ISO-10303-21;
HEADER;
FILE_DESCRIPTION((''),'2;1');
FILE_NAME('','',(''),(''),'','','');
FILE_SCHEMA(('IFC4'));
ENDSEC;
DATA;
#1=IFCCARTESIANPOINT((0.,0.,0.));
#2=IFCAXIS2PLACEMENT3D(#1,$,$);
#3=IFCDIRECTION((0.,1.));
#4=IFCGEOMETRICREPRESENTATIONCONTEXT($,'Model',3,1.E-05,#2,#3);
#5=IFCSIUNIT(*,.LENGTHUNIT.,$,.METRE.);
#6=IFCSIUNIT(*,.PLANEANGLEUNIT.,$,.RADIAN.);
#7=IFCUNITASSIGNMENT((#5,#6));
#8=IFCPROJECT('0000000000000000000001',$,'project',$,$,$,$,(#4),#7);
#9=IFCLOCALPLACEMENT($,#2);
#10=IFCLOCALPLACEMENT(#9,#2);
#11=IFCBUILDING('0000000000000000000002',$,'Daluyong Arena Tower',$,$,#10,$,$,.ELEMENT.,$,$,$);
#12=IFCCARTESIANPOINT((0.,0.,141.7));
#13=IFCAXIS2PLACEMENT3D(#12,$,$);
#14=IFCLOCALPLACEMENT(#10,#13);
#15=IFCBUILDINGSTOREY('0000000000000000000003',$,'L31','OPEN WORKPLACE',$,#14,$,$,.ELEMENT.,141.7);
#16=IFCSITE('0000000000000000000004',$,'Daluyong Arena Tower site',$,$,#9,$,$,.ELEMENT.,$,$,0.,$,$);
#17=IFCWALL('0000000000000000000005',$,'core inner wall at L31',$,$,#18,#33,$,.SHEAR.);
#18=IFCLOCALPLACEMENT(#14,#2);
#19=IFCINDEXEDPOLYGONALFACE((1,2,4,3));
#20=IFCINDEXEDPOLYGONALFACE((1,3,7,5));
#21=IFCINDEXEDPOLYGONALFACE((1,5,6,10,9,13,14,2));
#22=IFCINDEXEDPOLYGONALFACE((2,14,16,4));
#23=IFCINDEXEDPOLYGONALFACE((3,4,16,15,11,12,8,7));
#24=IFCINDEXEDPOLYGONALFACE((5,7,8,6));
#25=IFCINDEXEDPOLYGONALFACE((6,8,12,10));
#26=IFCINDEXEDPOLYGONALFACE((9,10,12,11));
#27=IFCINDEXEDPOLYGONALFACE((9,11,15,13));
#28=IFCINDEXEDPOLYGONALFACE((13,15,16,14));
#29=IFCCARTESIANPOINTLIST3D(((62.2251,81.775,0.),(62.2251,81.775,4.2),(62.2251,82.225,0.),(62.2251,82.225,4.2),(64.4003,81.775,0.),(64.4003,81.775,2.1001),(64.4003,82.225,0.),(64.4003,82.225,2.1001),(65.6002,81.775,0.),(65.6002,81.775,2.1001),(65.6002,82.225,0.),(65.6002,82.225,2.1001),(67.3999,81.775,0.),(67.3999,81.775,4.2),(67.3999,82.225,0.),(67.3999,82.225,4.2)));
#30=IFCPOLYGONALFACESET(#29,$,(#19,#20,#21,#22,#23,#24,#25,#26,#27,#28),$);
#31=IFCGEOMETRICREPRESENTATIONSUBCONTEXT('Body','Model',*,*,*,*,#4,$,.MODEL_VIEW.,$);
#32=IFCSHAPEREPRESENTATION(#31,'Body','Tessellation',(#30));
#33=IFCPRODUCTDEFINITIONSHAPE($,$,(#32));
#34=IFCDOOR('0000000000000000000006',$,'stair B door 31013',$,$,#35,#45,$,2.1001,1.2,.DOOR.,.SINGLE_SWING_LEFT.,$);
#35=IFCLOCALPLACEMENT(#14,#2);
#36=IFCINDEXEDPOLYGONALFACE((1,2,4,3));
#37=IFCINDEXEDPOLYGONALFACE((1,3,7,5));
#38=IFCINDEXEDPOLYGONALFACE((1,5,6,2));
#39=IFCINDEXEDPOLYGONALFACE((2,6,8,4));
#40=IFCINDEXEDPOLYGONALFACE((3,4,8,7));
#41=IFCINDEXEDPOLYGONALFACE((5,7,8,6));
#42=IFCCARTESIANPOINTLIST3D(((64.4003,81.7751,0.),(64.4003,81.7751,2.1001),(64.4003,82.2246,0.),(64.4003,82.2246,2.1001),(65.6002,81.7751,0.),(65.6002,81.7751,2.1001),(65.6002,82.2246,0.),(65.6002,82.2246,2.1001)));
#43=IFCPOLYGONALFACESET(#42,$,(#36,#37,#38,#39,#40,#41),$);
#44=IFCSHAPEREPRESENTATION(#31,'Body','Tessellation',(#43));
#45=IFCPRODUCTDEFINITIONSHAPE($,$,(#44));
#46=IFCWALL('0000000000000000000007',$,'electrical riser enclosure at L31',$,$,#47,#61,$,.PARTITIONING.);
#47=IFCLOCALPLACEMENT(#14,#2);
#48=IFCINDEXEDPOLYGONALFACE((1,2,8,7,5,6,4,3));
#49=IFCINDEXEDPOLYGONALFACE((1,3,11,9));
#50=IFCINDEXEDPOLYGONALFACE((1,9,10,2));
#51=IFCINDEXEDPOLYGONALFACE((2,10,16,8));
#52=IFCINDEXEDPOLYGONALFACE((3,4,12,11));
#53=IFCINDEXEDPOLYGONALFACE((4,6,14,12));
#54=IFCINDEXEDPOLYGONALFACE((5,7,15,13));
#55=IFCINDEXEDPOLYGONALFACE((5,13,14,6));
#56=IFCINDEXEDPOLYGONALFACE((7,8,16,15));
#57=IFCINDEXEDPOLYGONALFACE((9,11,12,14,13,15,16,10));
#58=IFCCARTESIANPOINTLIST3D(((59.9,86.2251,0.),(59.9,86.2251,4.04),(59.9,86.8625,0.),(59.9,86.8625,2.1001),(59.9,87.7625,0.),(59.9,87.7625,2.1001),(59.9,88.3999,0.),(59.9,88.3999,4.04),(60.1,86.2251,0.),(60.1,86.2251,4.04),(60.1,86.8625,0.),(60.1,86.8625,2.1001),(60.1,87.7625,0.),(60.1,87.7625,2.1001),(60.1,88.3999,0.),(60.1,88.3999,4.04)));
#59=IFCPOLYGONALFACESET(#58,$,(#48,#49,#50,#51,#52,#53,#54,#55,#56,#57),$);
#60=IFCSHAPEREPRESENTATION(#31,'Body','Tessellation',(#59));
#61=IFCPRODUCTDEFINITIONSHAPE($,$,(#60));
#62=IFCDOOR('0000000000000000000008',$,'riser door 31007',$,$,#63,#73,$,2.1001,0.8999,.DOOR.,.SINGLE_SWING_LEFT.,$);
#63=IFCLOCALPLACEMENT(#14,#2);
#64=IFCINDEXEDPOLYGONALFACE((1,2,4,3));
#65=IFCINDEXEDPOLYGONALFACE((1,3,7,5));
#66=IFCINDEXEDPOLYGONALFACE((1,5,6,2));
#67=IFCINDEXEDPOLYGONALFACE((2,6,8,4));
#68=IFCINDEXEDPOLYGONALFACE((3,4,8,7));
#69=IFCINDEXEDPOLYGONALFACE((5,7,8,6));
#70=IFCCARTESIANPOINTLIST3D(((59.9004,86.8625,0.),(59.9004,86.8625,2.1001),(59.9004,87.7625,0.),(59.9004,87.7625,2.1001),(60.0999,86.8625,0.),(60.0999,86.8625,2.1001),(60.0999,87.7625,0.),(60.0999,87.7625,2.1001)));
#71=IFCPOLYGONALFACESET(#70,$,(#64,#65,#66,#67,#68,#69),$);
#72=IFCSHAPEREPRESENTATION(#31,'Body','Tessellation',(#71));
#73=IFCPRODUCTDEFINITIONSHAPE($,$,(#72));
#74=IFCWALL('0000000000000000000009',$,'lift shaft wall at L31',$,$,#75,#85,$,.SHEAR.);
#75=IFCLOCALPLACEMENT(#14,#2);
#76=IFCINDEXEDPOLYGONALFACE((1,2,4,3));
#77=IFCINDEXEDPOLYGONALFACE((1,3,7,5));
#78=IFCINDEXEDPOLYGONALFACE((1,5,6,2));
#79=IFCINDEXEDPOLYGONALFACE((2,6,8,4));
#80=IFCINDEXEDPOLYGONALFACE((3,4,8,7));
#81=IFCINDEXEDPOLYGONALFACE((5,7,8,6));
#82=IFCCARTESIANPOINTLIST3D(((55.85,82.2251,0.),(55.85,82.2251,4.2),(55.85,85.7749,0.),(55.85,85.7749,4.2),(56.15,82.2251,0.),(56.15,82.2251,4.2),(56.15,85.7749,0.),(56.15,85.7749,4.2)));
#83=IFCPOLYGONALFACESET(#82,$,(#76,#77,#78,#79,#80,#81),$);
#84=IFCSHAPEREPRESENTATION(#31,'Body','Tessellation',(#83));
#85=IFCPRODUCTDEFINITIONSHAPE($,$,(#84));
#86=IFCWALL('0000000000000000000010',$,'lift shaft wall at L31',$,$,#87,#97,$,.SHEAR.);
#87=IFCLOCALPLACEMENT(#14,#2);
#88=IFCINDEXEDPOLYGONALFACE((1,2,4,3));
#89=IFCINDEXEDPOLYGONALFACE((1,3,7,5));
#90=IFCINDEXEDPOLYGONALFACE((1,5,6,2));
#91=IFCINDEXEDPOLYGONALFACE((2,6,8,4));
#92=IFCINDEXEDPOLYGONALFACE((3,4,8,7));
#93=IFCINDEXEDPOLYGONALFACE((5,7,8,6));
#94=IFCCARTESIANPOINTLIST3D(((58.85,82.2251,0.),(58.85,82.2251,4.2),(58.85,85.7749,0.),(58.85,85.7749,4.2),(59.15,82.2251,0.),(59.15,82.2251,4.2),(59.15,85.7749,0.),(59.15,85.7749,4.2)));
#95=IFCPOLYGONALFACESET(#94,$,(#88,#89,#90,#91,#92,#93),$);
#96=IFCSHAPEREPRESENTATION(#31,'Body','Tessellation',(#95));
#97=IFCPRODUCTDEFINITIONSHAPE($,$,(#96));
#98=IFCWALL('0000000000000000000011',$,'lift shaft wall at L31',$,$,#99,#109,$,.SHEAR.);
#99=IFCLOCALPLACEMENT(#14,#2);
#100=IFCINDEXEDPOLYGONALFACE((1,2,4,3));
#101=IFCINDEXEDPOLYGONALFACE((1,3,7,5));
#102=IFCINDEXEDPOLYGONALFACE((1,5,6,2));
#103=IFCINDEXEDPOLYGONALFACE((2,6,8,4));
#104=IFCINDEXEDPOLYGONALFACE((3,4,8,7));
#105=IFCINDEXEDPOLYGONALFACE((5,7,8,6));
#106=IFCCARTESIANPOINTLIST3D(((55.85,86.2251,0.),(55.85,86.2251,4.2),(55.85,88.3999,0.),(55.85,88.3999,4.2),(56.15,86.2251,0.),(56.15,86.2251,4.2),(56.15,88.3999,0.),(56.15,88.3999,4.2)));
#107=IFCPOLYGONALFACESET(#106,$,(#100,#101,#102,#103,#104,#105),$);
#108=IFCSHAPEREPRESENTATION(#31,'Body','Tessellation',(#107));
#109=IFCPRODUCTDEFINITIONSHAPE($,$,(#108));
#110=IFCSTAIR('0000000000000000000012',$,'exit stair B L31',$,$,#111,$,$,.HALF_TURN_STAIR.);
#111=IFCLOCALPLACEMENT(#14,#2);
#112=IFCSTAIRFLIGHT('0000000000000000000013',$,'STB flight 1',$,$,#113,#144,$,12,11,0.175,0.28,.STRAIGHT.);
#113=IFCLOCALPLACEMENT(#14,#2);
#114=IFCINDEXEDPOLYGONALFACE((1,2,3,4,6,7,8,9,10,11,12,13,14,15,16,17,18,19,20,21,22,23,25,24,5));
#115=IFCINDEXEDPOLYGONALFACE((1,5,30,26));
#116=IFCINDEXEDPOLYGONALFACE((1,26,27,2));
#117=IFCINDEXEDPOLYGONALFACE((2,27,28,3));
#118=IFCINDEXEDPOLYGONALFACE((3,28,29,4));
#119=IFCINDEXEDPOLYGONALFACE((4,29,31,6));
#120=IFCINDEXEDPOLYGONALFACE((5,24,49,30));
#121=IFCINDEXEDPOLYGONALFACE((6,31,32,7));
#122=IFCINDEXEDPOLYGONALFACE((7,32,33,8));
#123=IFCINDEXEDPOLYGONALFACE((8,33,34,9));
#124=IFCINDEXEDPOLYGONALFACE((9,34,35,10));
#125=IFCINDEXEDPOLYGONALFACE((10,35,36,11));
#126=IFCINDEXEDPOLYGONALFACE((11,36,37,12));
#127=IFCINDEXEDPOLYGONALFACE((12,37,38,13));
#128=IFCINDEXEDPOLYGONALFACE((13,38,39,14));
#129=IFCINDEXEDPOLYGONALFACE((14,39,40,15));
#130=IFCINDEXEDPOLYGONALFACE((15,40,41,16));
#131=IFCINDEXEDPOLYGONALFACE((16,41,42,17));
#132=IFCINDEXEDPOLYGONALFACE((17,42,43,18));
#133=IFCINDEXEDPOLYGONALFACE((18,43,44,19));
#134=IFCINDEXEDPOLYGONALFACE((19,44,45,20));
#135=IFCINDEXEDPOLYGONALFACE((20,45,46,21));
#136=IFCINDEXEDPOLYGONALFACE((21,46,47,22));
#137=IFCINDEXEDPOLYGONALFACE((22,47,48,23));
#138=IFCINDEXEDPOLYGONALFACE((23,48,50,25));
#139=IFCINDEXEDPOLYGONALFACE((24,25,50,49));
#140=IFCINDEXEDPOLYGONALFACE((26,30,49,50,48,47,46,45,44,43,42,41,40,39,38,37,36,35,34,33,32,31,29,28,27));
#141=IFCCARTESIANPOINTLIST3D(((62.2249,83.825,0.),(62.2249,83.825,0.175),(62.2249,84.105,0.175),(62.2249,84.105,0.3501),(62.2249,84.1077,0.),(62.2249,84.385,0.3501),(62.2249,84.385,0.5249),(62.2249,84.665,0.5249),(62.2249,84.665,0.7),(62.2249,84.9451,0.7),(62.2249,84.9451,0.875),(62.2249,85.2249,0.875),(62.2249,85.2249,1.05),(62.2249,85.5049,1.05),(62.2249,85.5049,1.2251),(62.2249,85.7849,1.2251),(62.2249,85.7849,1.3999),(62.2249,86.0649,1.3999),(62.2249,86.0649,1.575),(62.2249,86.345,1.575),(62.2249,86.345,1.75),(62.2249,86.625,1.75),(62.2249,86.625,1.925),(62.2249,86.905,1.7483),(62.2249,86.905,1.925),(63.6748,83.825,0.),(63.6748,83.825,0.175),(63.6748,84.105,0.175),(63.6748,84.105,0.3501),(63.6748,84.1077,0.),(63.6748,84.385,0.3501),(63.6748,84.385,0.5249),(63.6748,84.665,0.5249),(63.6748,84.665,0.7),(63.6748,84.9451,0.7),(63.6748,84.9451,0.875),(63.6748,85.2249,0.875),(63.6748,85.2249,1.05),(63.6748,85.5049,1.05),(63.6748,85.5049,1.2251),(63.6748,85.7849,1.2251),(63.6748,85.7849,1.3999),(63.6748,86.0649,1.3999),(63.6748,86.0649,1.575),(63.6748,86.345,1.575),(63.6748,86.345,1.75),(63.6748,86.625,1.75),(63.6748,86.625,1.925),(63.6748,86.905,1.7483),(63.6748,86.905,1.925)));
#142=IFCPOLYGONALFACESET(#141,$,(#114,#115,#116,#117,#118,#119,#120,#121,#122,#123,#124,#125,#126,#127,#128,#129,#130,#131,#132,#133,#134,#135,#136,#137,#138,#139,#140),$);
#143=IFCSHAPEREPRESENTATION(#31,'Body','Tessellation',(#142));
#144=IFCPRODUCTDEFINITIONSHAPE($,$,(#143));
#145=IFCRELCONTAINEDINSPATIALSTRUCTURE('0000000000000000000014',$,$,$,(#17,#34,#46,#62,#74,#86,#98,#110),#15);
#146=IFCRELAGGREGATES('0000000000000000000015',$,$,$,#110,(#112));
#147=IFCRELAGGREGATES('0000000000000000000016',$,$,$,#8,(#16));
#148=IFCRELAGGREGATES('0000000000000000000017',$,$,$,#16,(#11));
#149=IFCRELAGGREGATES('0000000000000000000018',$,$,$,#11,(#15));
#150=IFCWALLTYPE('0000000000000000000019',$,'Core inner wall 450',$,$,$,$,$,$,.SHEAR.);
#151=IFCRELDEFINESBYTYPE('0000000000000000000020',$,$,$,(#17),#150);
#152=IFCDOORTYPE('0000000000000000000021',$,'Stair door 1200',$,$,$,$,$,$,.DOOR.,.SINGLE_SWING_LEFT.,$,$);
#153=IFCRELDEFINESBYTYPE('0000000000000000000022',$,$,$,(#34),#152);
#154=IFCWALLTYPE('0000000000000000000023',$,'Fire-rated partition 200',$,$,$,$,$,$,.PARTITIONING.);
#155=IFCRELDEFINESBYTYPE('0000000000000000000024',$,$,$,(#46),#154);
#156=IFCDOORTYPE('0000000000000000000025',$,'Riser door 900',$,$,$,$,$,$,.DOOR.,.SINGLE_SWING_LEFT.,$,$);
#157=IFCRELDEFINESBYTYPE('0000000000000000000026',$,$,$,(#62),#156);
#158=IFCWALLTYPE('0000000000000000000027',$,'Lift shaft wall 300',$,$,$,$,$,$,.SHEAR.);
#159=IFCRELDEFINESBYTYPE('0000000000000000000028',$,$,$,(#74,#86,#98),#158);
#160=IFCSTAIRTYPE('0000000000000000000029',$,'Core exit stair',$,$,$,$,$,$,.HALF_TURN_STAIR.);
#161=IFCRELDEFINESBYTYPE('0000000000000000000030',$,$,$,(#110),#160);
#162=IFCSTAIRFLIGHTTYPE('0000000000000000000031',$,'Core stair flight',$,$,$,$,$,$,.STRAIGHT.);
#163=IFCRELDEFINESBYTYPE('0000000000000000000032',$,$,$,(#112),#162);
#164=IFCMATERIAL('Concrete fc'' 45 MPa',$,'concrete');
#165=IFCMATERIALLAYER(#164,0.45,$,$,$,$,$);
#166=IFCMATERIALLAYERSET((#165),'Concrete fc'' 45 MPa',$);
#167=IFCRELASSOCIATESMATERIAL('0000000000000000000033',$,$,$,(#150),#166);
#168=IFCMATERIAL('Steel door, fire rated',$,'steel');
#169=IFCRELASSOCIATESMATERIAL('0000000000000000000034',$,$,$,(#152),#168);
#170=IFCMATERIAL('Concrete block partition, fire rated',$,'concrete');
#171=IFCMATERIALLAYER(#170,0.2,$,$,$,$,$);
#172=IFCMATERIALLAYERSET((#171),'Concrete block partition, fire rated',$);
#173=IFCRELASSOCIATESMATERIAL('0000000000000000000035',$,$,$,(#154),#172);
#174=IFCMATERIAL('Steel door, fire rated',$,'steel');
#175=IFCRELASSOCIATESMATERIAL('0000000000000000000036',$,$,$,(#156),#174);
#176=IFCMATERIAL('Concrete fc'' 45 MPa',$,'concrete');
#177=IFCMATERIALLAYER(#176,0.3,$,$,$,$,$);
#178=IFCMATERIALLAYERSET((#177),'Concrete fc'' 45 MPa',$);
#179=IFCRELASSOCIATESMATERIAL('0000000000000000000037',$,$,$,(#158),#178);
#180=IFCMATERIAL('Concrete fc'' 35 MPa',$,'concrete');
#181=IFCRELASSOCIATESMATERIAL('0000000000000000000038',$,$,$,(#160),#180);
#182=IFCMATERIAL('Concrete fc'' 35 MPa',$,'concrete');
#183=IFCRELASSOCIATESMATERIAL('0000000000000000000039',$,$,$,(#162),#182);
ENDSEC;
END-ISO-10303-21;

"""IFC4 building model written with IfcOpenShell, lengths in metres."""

from ifc_helpers import new_model, si_unit, direction, frame, frame_2d, origin, place, context, subcontext, project, spatial, polyline, rectangle, outline, extrude, material, layer, layer_set, type_object, element, fill, aggregate, save


model = new_model("IFC4")

# Units and contexts
model_context = context("Model", 3, precision=1e-05, world=origin(), true_north=direction((0.0, 1.0)))
body_context = subcontext(model_context, "Body", "Model", "MODEL_VIEW")
ifc_project = project(units=[si_unit("LENGTHUNIT", "METRE"), si_unit("PLANEANGLEUNIT", "RADIAN")], contexts=[model_context])

# Site, building, storey
site_placement = place(None, origin())
site = spatial("IfcSite", under=ifc_project, at=site_placement, Name="Daluyong Arena Tower site", CompositionType="ELEMENT", RefElevation=0.0)
building_placement = place(site_placement, origin())
building = spatial("IfcBuilding", under=site, at=building_placement, Name="Daluyong Arena Tower", CompositionType="ELEMENT")
storey_placement = place(building_placement, frame((0.0, 0.0, 141.7)))
storey = spatial("IfcBuildingStorey", under=building, at=storey_placement, Name="L31", Description="OPEN WORKPLACE", CompositionType="ELEMENT", Elevation=141.7)

# Walls, openings, doors
ifc_material_1 = material(Name="Concrete fc' 45 MPa", Category="concrete")
ifc_layer_1 = layer(ifc_material_1, 0.45)
ifc_layer_set_1 = layer_set([ifc_layer_1], Name="Concrete fc' 45 MPa")
wall_type_1 = type_object("IfcWallType", Name="Core inner wall 450", PredefinedType="SHEAR", material=ifc_layer_set_1)
wall_1_placement = place(storey_placement, frame((62.2251, 82.0, 0.0), z_axis=(0.0, 0.0, 1.0), x_axis=(1.0, 0.0, 0.0)))
wall_1 = element("IfcWall", 1, at=wall_1_placement, inside=storey, type_object=wall_type_1, Name="core inner wall at L31", PredefinedType="SHEAR", context=body_context, shape_type="SweptSolid", body=[
    extrude(rectangle(XDim=5.1748, YDim=0.45, at=frame_2d((2.5874, 0.0))), origin(), (0.0, 0.0, 1.0), 4.2),
])
opening_1_placement = place(wall_1_placement, frame((2.175, 0.0, 0.0)))
opening_1 = element("IfcOpeningElement", 2, at=opening_1_placement, cuts=wall_1, PredefinedType="OPENING", context=body_context, shape_type="SweptSolid", body=[
    extrude(rectangle(XDim=1.2, YDim=2.1001, at=frame_2d((0.6001, 1.05))), frame((0.0, 0.2349, 0.0), z_axis=(0.0, -1.0, 0.0), x_axis=(1.0, 0.0, 0.0)), (0.0, 0.0, 1.0), 0.47),
])
ifc_material_2 = material(Name="Steel door, fire rated", Category="steel")
door_type_1 = type_object("IfcDoorType", Name="Stair door 1200", OperationType="SINGLE_SWING_LEFT", PredefinedType="DOOR", material=ifc_material_2)
door_1_placement = place(opening_1_placement, origin())
door_1 = element("IfcDoor", 3, at=door_1_placement, inside=storey, type_object=door_type_1, Name="stair B door 31013", OperationType="SINGLE_SWING_LEFT", OverallHeight=2.1001, OverallWidth=1.2, PredefinedType="DOOR", context=body_context, shape_type="SweptSolid", body=[
    extrude(rectangle(XDim=1.2, YDim=2.1001, at=frame_2d((0.6001, 1.05))), frame((0.0, 0.2246, 0.0), z_axis=(0.0, -1.0, 0.0), x_axis=(1.0, 0.0, 0.0)), (0.0, 0.0, 1.0), 0.4495),
])
fill(opening_1, door_1)
ifc_material_3 = material(Name="Concrete block partition, fire rated", Category="concrete")
ifc_layer_2 = layer(ifc_material_3, 0.2)
ifc_layer_set_2 = layer_set([ifc_layer_2], Name="Concrete block partition, fire rated")
wall_type_2 = type_object("IfcWallType", Name="Fire-rated partition 200", PredefinedType="PARTITIONING", material=ifc_layer_set_2)
wall_2_placement = place(storey_placement, frame((60.0, 86.2251, 0.0), z_axis=(0.0, 0.0, 1.0), x_axis=(0.0, 1.0, 0.0)))
wall_2 = element("IfcWall", 4, at=wall_2_placement, inside=storey, type_object=wall_type_2, Name="electrical riser enclosure at L31", PredefinedType="PARTITIONING", context=body_context, shape_type="SweptSolid", body=[
    extrude(rectangle(XDim=2.1748, YDim=0.2, at=frame_2d((1.0874, 0.0))), origin(), (0.0, 0.0, 1.0), 4.04),
])
opening_2_placement = place(wall_2_placement, frame((0.6375, 0.0, 0.0)))
opening_2 = element("IfcOpeningElement", 5, at=opening_2_placement, cuts=wall_2, PredefinedType="OPENING", context=body_context, shape_type="SweptSolid", body=[
    extrude(rectangle(XDim=0.8999, YDim=2.1001, at=frame_2d((0.45, 1.05))), frame((0.0, 0.1099, 0.0), z_axis=(0.0, -1.0, 0.0), x_axis=(1.0, 0.0, 0.0)), (0.0, 0.0, 1.0), 0.22),
])
ifc_material_4 = material(Name="Steel door, fire rated", Category="steel")
door_type_2 = type_object("IfcDoorType", Name="Riser door 900", OperationType="SINGLE_SWING_LEFT", PredefinedType="DOOR", material=ifc_material_4)
door_2_placement = place(opening_2_placement, origin())
door_2 = element("IfcDoor", 6, at=door_2_placement, inside=storey, type_object=door_type_2, Name="riser door 31007", OperationType="SINGLE_SWING_LEFT", OverallHeight=2.1001, OverallWidth=0.8999, PredefinedType="DOOR", context=body_context, shape_type="SweptSolid", body=[
    extrude(rectangle(XDim=0.8999, YDim=2.1001, at=frame_2d((0.45, 1.05))), frame((0.0, 0.0996, 0.0), z_axis=(0.0, -1.0, 0.0), x_axis=(1.0, 0.0, 0.0)), (0.0, 0.0, 1.0), 0.1995),
])
fill(opening_2, door_2)

# Walls
ifc_material_5 = material(Name="Concrete fc' 45 MPa", Category="concrete")
ifc_layer_3 = layer(ifc_material_5, 0.3)
ifc_layer_set_3 = layer_set([ifc_layer_3], Name="Concrete fc' 45 MPa")
wall_type_3 = type_object("IfcWallType", Name="Lift shaft wall 300", PredefinedType="SHEAR", material=ifc_layer_set_3)
for number, where, z_axis, x_axis, name in (
    (7, (56.0, 82.2251, 0.0), (0.0, 0.0, 1.0), (0.0, 1.0, 0.0), "lift shaft wall at L31"),
    (8, (59.0, 82.2251, 0.0), (0.0, 0.0, 1.0), (0.0, 1.0, 0.0), "lift shaft wall at L31"),
):
    element("IfcWall", number, at=place(storey_placement, frame(where, z_axis=z_axis, x_axis=x_axis)), inside=storey, type_object=wall_type_3, Name=name, PredefinedType="SHEAR", context=body_context, shape_type="SweptSolid", body=[
        extrude(rectangle(XDim=3.5498, YDim=0.3, at=frame_2d((1.7749, 0.0))), origin(), (0.0, 0.0, 1.0), 4.2),
    ])
wall_3_placement = place(storey_placement, frame((56.0, 86.2251, 0.0), z_axis=(0.0, 0.0, 1.0), x_axis=(0.0, 1.0, 0.0)))
element("IfcWall", 9, at=wall_3_placement, inside=storey, type_object=wall_type_3, Name="lift shaft wall at L31", PredefinedType="SHEAR", context=body_context, shape_type="SweptSolid", body=[
    extrude(rectangle(XDim=2.1748, YDim=0.3, at=frame_2d((1.0874, 0.0))), origin(), (0.0, 0.0, 1.0), 4.2),
])

# Stair, stair flight
ifc_material_6 = material(Name="Concrete fc' 35 MPa", Category="concrete")
stair_type = type_object("IfcStairType", Name="Core exit stair", PredefinedType="HALF_TURN_STAIR", material=ifc_material_6)
stair_placement = place(storey_placement, origin())
stair = element("IfcStair", 10, at=stair_placement, inside=storey, type_object=stair_type, Name="exit stair B L31", PredefinedType="HALF_TURN_STAIR")
ifc_material_7 = material(Name="Concrete fc' 35 MPa", Category="concrete")
stair_flight_type = type_object("IfcStairFlightType", Name="Core stair flight", PredefinedType="STRAIGHT", material=ifc_material_7)
stair_flight_placement = place(storey_placement, frame((62.95, 83.825, 0.0), z_axis=(0.0, 0.0, 1.0), x_axis=(0.0, 1.0, 0.0)))
stair_flight = element("IfcStairFlight", 11, at=stair_flight_placement, type_object=stair_flight_type, Name="STB flight 1", NumberOfRisers=12, NumberOfTreads=11, PredefinedType="STRAIGHT", RiserHeight=0.175, TreadLength=0.28, context=body_context, shape_type="SweptSolid", body=[
    extrude(outline(polyline([(0.0, 0.0), (0.0, 0.175), (0.28, 0.175), (0.28, 0.3501), (0.5601, 0.3501), (0.5601, 0.5249), (0.8401, 0.5249), (0.8401, 0.7), (1.1201, 0.7), (1.1201, 0.875), (1.3999, 0.875), (1.3999, 1.05), (1.6799, 1.05), (1.6799, 1.2251), (1.96, 1.2251), (1.96, 1.3999), (2.24, 1.3999), (2.24, 1.575), (2.52, 1.575), (2.52, 1.75), (2.8, 1.75), (2.8, 1.925), (3.0801, 1.925), (3.0801, 2.1001), (3.0801, 1.7483), (0.2827, 0.0), (0.0, 0.0)])), frame((0.0, 0.7251, 0.0), z_axis=(0.0, -1.0, 0.0), x_axis=(1.0, 0.0, 0.0)), (0.0, 0.0, 1.0), 1.45),
])
aggregate(stair, [stair_flight])

save(model, "model.ifc")
